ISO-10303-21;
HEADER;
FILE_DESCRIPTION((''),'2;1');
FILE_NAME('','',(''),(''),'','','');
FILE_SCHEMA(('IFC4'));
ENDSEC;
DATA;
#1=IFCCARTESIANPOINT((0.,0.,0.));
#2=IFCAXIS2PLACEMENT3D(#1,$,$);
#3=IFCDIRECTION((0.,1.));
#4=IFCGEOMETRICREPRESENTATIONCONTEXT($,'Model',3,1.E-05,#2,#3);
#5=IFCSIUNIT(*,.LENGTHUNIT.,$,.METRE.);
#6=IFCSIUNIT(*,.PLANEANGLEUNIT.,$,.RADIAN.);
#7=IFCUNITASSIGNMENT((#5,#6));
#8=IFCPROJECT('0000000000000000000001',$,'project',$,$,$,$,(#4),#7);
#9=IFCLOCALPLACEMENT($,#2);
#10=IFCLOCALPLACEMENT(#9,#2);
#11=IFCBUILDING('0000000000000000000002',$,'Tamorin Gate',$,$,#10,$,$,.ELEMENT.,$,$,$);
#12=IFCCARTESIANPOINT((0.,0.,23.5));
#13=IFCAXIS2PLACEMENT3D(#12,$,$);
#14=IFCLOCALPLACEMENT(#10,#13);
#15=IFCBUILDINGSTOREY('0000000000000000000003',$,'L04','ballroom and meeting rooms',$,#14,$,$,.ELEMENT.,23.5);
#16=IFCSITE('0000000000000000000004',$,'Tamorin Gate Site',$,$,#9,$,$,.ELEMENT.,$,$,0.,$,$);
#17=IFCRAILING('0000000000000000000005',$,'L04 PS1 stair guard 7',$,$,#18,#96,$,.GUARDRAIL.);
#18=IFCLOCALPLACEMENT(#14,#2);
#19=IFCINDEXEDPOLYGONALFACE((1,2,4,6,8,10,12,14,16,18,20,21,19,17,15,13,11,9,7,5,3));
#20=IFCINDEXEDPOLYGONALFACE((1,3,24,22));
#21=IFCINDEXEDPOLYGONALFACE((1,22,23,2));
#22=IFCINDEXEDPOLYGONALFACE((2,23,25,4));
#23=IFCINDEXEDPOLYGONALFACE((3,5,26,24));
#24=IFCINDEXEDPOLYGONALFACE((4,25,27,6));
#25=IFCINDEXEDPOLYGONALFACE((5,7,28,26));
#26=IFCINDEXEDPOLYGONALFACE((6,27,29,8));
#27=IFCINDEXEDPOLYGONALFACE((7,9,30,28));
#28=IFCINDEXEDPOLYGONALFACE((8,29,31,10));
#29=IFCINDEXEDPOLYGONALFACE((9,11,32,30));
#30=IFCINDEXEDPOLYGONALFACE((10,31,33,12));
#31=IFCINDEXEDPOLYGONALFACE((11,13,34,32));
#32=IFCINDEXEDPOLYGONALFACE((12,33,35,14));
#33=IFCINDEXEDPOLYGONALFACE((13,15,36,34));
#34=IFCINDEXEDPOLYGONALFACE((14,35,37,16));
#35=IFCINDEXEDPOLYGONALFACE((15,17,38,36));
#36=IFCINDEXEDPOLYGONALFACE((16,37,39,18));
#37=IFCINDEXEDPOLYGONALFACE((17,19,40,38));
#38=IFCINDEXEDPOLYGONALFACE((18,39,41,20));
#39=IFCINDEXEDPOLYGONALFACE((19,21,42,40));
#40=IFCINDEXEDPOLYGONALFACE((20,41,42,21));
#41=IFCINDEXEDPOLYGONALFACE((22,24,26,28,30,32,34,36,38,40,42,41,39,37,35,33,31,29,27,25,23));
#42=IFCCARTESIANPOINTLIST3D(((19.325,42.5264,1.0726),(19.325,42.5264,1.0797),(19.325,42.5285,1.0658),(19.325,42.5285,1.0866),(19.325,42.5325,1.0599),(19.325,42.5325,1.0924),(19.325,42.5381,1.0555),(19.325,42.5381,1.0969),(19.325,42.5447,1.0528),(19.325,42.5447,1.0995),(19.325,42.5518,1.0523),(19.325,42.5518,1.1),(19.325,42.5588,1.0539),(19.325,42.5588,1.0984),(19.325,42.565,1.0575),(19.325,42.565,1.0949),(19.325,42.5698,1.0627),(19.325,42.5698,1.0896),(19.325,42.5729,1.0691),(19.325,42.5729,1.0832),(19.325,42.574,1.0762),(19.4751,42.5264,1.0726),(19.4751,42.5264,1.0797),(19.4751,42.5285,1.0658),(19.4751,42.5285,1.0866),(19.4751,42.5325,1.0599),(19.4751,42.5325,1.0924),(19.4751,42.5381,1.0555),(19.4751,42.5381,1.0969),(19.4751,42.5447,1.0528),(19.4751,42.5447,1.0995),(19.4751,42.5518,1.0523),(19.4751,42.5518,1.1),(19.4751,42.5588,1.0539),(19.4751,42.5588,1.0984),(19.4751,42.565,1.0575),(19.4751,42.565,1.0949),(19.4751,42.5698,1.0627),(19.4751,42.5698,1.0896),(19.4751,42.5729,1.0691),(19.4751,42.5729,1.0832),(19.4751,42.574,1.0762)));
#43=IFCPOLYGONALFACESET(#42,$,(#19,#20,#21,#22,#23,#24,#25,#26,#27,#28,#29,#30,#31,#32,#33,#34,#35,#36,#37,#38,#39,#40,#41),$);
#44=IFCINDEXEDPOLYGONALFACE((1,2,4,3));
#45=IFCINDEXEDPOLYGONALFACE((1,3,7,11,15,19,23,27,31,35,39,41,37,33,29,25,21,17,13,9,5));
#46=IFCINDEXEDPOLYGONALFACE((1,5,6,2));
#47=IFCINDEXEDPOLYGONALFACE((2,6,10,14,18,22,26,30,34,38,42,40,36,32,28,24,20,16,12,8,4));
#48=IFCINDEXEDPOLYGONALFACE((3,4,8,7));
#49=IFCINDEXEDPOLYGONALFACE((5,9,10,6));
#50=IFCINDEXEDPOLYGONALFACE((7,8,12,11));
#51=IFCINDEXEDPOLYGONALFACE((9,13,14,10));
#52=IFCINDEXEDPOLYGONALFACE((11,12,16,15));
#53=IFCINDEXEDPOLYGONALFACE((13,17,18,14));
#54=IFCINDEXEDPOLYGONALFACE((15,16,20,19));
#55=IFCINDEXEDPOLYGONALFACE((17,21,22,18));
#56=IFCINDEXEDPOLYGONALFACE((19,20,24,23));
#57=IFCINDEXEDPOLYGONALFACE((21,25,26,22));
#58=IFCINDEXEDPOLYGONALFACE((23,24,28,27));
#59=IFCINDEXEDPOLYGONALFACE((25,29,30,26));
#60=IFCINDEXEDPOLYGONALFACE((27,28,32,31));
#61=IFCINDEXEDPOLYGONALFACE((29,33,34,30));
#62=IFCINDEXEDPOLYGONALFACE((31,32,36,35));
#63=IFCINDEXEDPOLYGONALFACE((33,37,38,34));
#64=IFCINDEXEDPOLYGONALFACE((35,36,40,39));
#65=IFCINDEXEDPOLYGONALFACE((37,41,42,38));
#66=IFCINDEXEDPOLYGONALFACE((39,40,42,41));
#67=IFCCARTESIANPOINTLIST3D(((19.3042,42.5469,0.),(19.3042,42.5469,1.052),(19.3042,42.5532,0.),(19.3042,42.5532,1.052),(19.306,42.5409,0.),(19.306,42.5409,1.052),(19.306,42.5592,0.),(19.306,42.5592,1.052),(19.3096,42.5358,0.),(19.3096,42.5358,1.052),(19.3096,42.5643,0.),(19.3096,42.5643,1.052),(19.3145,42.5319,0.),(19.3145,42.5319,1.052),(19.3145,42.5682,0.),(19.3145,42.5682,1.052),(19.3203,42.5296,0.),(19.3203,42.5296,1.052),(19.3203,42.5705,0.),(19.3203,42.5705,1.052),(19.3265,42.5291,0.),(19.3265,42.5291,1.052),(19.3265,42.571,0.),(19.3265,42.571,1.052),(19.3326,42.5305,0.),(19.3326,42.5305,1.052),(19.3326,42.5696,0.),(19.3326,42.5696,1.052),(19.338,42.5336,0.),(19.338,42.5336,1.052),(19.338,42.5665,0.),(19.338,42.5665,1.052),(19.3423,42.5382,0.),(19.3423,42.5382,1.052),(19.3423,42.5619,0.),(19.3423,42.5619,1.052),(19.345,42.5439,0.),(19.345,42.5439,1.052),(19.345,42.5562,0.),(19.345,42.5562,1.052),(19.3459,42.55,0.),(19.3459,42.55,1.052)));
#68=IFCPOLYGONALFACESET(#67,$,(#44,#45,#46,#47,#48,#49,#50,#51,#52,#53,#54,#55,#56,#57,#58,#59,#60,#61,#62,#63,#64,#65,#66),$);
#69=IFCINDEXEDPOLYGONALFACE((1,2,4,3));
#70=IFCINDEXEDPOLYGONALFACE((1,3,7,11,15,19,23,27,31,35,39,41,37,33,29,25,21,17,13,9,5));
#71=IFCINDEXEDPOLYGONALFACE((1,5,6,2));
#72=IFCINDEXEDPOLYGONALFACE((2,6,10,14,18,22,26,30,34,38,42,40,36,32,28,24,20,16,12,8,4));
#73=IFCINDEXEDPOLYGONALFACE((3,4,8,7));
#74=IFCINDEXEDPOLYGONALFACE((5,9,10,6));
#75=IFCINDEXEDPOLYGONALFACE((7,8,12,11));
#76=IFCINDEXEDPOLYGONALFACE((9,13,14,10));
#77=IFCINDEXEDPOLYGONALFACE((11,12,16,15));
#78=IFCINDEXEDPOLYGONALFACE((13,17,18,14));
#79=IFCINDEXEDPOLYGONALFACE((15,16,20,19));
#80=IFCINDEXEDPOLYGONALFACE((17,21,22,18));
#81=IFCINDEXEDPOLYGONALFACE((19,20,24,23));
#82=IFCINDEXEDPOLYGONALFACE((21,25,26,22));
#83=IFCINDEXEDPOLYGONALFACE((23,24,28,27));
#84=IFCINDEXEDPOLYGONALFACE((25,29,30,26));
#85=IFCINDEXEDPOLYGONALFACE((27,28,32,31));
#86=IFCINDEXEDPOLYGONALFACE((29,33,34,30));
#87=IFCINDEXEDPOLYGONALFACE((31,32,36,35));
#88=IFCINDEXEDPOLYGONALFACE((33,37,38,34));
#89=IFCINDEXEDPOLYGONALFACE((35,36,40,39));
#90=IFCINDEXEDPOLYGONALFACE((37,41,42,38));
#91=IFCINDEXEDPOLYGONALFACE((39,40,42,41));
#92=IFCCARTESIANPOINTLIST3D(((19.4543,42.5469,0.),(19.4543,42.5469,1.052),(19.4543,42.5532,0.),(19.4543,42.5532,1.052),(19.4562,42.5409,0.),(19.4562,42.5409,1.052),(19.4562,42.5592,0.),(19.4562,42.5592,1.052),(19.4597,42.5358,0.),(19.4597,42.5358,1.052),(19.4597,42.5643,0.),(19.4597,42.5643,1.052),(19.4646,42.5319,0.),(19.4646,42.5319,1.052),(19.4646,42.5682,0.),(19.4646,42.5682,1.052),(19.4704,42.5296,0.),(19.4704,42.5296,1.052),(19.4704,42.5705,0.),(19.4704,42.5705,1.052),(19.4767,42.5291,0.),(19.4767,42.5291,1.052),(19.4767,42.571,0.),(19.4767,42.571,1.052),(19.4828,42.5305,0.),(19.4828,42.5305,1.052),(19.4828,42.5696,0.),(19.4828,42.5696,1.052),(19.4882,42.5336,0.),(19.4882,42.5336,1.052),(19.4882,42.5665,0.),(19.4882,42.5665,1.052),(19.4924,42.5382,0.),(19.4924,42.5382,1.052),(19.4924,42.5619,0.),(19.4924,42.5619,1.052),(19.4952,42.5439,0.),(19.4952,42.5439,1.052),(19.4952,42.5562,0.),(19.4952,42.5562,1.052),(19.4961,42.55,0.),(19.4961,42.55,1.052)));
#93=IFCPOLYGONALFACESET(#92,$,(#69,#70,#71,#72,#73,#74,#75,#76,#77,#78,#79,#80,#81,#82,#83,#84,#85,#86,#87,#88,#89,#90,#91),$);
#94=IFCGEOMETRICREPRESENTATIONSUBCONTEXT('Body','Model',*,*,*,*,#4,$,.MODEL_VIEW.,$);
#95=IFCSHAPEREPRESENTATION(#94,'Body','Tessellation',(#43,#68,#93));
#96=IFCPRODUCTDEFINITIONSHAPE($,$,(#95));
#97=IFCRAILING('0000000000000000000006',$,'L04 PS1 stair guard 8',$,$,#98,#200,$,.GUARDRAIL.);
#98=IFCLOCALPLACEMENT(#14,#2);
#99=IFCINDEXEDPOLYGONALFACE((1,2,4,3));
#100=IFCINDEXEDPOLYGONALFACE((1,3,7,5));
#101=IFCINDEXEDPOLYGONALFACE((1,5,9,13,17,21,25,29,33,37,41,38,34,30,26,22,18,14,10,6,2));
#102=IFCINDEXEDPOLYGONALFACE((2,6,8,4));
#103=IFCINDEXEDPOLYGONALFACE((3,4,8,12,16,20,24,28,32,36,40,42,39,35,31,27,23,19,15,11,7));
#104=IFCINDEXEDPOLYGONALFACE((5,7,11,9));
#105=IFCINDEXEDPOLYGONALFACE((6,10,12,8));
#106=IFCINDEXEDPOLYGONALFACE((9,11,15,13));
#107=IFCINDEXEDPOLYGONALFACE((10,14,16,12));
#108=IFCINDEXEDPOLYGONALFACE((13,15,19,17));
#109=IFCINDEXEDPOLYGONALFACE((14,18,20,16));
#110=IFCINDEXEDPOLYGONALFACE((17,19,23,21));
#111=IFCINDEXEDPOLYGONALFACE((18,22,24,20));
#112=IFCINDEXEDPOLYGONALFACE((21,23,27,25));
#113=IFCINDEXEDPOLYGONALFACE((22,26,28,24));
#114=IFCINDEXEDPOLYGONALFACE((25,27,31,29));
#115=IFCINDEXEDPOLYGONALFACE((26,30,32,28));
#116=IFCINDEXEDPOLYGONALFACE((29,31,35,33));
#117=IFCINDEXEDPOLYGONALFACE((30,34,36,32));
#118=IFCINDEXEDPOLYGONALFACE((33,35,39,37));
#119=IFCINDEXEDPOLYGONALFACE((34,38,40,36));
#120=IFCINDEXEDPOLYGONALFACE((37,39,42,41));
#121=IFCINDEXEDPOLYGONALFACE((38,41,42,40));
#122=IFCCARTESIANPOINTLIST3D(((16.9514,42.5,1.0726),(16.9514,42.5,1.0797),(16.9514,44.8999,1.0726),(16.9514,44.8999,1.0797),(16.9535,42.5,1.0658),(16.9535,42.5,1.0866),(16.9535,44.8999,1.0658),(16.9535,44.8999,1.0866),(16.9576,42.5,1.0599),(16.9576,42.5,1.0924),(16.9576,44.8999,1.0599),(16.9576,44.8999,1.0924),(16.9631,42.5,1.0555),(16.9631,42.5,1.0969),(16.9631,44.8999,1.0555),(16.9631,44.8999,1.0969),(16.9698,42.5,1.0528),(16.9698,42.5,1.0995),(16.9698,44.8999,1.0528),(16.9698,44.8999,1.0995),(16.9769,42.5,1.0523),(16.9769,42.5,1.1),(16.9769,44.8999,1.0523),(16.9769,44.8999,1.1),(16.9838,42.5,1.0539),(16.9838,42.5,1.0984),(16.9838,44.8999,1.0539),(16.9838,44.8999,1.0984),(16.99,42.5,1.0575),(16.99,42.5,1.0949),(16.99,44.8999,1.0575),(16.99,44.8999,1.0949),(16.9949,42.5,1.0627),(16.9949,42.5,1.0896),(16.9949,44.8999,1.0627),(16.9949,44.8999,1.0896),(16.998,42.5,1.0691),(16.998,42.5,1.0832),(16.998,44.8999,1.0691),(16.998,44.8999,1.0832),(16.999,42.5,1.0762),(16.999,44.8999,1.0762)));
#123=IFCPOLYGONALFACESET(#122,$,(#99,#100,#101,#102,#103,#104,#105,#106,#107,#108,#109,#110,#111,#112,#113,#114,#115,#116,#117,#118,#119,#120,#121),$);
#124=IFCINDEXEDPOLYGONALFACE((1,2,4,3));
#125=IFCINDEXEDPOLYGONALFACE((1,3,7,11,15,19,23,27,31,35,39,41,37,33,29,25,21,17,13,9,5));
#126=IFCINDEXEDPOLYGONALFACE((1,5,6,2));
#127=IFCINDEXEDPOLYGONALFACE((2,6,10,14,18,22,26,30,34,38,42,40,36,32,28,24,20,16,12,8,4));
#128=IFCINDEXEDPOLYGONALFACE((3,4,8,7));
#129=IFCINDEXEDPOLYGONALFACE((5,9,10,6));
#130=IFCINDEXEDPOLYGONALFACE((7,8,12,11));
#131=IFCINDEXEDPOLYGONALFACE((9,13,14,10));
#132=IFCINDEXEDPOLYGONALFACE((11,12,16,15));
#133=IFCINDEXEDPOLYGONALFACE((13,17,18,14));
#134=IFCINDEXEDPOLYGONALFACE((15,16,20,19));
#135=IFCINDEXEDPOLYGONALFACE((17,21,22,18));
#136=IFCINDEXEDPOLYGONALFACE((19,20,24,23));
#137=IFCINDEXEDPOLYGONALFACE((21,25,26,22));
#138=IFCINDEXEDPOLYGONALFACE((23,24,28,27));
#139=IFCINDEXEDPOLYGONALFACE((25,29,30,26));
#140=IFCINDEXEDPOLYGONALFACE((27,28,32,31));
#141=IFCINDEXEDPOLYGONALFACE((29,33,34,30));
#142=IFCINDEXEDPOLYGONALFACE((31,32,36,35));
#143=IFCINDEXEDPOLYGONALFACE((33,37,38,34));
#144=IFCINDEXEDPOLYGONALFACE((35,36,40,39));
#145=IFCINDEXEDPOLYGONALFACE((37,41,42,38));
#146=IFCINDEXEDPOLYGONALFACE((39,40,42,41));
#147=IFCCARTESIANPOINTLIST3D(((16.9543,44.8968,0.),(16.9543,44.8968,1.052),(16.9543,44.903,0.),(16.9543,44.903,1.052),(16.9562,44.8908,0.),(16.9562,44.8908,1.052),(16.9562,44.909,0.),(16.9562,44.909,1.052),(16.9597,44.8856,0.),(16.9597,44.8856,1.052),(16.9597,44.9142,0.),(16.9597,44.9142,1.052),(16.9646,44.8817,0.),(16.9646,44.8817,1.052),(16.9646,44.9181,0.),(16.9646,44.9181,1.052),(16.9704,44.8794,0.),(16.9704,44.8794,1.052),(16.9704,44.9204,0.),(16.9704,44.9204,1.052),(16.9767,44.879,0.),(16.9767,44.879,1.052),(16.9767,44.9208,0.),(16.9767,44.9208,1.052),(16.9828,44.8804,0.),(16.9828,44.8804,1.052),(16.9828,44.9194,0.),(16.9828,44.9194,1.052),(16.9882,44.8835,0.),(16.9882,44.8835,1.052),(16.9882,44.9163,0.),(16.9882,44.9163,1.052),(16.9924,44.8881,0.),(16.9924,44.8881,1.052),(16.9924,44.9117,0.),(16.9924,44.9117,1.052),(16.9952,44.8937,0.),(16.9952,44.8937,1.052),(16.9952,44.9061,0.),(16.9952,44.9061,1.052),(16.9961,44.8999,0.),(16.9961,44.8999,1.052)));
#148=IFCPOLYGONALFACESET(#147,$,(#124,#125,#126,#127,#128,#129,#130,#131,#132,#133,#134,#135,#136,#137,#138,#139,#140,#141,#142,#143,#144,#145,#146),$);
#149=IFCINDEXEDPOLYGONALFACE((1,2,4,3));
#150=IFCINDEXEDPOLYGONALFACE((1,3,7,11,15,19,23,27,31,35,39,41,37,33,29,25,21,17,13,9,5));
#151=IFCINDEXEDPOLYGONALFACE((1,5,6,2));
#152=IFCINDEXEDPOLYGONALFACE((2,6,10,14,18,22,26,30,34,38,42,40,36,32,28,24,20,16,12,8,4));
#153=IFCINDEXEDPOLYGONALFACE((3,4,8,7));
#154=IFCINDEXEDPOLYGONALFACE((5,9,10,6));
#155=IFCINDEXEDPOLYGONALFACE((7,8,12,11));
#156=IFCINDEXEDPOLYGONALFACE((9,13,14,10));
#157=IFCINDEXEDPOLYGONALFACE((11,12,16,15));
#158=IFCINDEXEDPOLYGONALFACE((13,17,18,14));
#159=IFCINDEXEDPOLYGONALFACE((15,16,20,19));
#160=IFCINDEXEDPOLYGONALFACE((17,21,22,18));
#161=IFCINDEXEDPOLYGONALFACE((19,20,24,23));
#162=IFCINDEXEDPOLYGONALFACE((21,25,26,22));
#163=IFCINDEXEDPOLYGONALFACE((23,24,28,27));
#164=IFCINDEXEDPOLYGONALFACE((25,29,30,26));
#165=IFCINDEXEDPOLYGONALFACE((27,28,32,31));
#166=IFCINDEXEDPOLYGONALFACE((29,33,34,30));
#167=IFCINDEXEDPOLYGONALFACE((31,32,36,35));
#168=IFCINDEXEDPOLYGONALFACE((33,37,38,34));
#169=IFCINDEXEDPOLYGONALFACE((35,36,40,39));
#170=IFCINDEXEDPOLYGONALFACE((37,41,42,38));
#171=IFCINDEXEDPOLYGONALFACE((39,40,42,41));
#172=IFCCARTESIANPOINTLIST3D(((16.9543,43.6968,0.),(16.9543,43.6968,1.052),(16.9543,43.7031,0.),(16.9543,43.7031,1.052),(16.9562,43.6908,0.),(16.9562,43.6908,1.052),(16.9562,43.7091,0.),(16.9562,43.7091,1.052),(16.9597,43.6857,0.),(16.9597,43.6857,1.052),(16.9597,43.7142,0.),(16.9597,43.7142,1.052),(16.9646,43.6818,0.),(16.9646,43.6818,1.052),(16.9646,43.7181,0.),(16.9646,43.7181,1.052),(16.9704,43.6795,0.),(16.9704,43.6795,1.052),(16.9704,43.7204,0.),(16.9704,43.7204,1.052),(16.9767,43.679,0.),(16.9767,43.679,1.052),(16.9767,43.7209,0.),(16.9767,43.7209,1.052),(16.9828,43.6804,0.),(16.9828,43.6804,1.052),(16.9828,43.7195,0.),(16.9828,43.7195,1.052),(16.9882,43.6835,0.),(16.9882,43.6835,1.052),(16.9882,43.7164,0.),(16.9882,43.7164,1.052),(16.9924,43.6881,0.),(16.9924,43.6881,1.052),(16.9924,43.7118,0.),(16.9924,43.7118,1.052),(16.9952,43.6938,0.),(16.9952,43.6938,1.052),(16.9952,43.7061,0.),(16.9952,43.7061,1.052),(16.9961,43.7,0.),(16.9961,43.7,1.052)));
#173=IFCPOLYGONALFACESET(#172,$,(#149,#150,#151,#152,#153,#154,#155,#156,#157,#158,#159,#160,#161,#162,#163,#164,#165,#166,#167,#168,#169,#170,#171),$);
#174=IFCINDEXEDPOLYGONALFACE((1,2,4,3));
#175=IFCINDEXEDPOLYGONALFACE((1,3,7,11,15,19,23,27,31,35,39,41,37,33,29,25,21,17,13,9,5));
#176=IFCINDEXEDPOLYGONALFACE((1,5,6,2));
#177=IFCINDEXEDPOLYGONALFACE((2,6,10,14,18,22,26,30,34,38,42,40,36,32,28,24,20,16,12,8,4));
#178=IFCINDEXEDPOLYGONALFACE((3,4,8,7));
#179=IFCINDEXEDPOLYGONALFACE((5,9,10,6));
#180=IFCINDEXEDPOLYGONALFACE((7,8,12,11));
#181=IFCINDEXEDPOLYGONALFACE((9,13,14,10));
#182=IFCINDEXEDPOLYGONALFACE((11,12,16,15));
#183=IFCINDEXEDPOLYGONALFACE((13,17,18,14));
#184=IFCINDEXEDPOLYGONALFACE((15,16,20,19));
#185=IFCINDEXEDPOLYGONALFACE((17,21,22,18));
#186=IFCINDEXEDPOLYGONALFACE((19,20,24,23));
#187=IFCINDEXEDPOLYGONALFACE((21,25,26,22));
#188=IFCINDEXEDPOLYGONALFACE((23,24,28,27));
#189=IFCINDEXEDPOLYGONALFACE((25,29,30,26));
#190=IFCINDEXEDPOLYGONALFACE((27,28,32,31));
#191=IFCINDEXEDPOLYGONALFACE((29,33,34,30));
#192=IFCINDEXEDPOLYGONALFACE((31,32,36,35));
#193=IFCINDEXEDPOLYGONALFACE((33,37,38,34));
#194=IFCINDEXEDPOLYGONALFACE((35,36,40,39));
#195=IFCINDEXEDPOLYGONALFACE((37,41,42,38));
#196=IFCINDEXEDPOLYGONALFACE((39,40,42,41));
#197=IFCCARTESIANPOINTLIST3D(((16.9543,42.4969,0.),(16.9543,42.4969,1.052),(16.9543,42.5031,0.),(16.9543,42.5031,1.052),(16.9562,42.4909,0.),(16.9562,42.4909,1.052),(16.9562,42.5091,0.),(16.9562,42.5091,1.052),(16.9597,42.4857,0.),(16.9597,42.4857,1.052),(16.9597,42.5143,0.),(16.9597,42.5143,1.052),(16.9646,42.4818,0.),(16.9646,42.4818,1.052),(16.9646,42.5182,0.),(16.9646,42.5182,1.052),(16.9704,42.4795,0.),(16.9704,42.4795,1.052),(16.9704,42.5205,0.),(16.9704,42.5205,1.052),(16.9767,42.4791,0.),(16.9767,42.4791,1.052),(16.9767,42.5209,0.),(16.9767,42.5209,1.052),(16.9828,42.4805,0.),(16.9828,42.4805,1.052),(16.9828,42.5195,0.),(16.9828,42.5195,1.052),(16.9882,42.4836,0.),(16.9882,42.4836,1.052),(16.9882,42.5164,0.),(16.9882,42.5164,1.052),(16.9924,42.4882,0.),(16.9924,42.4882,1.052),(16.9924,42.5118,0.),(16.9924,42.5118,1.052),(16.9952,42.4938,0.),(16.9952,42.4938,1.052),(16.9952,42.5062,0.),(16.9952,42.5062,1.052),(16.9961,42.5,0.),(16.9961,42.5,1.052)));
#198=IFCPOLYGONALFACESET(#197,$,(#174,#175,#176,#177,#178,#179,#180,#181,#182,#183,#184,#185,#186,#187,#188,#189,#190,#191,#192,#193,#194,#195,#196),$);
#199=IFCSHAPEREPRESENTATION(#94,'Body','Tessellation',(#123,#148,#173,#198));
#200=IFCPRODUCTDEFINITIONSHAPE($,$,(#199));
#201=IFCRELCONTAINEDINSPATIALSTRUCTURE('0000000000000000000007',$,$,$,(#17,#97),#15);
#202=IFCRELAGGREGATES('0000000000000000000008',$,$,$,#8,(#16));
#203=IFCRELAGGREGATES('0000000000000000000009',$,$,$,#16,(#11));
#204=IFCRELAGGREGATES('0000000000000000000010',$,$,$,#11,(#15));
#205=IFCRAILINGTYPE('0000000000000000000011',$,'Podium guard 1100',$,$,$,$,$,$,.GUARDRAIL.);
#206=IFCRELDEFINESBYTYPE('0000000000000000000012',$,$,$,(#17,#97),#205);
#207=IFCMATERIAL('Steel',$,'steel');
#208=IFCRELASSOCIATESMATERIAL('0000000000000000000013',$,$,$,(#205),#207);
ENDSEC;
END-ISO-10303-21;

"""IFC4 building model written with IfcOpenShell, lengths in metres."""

from ifc_helpers import new_model, si_unit, direction, frame, origin, origin_2d, place, context, subcontext, project, spatial, circle, extrude, material, type_object, element, save


model = new_model("IFC4")

# Units and contexts
model_context = context("Model", 3, precision=1e-05, world=origin(), true_north=direction((0.0, 1.0)))
body_context = subcontext(model_context, "Body", "Model", "MODEL_VIEW")
ifc_project = project(units=[si_unit("LENGTHUNIT", "METRE"), si_unit("PLANEANGLEUNIT", "RADIAN")], contexts=[model_context])

# Site, building, storey
site_placement = place(None, origin())
site = spatial("IfcSite", under=ifc_project, at=site_placement, Name="Tamorin Gate Site", CompositionType="ELEMENT", RefElevation=0.0)
building_placement = place(site_placement, origin())
building = spatial("IfcBuilding", under=site, at=building_placement, Name="Tamorin Gate", CompositionType="ELEMENT")
storey_placement = place(building_placement, frame((0.0, 0.0, 23.5)))
storey = spatial("IfcBuildingStorey", under=building, at=storey_placement, Name="L04", Description="ballroom and meeting rooms", CompositionType="ELEMENT", Elevation=23.5)

# Railings
ifc_material_1 = material(Name="Steel", Category="steel")
railing_type_1 = type_object("IfcRailingType", Name="Podium guard 1100", PredefinedType="GUARDRAIL", material=ifc_material_1)
railing_1_placement = place(storey_placement, frame((19.325, 42.55, 0.0)))
element("IfcRailing", 1, at=railing_1_placement, inside=storey, type_object=railing_type_1, Name="L04 PS1 stair guard 7", PredefinedType="GUARDRAIL", context=body_context, shape_type="SweptSolid", body=[
    extrude(circle(Radius=0.0239, at=origin_2d()), frame((0.0, 0.0, 1.0762), z_axis=(1.0, 0.0, 0.0), x_axis=(0.0, 1.0, 0.0)), (0.0, 0.0, 1.0), 0.1501),
    extrude(circle(Radius=0.021, at=origin_2d()), origin(), (0.0, 0.0, 1.0), 1.052),
    extrude(circle(Radius=0.021, at=origin_2d()), frame((0.1501, 0.0, 0.0)), (0.0, 0.0, 1.0), 1.052),
])
for number, where, name in (
    (2, (16.9751, 44.8999, 0.0), "L04 PS1 stair guard 8"),
):
    element("IfcRailing", number, at=place(storey_placement, frame(where)), inside=storey, type_object=railing_type_1, Name=name, PredefinedType="GUARDRAIL", context=body_context, shape_type="SweptSolid", body=[
        extrude(circle(Radius=0.0239, at=origin_2d()), frame((0.0, 0.0, 1.0762), z_axis=(0.0, -1.0, 0.0), x_axis=(1.0, 0.0, 0.0)), (0.0, 0.0, 1.0), 2.3999),
        extrude(circle(Radius=0.021, at=origin_2d()), origin(), (0.0, 0.0, 1.0), 1.052),
        extrude(circle(Radius=0.021, at=origin_2d()), frame((0.0, -1.2, 0.0)), (0.0, 0.0, 1.0), 1.052),
        extrude(circle(Radius=0.021, at=origin_2d()), frame((0.0, -2.3999, 0.0)), (0.0, 0.0, 1.0), 1.052),
    ])

save(model, "model.ifc")
